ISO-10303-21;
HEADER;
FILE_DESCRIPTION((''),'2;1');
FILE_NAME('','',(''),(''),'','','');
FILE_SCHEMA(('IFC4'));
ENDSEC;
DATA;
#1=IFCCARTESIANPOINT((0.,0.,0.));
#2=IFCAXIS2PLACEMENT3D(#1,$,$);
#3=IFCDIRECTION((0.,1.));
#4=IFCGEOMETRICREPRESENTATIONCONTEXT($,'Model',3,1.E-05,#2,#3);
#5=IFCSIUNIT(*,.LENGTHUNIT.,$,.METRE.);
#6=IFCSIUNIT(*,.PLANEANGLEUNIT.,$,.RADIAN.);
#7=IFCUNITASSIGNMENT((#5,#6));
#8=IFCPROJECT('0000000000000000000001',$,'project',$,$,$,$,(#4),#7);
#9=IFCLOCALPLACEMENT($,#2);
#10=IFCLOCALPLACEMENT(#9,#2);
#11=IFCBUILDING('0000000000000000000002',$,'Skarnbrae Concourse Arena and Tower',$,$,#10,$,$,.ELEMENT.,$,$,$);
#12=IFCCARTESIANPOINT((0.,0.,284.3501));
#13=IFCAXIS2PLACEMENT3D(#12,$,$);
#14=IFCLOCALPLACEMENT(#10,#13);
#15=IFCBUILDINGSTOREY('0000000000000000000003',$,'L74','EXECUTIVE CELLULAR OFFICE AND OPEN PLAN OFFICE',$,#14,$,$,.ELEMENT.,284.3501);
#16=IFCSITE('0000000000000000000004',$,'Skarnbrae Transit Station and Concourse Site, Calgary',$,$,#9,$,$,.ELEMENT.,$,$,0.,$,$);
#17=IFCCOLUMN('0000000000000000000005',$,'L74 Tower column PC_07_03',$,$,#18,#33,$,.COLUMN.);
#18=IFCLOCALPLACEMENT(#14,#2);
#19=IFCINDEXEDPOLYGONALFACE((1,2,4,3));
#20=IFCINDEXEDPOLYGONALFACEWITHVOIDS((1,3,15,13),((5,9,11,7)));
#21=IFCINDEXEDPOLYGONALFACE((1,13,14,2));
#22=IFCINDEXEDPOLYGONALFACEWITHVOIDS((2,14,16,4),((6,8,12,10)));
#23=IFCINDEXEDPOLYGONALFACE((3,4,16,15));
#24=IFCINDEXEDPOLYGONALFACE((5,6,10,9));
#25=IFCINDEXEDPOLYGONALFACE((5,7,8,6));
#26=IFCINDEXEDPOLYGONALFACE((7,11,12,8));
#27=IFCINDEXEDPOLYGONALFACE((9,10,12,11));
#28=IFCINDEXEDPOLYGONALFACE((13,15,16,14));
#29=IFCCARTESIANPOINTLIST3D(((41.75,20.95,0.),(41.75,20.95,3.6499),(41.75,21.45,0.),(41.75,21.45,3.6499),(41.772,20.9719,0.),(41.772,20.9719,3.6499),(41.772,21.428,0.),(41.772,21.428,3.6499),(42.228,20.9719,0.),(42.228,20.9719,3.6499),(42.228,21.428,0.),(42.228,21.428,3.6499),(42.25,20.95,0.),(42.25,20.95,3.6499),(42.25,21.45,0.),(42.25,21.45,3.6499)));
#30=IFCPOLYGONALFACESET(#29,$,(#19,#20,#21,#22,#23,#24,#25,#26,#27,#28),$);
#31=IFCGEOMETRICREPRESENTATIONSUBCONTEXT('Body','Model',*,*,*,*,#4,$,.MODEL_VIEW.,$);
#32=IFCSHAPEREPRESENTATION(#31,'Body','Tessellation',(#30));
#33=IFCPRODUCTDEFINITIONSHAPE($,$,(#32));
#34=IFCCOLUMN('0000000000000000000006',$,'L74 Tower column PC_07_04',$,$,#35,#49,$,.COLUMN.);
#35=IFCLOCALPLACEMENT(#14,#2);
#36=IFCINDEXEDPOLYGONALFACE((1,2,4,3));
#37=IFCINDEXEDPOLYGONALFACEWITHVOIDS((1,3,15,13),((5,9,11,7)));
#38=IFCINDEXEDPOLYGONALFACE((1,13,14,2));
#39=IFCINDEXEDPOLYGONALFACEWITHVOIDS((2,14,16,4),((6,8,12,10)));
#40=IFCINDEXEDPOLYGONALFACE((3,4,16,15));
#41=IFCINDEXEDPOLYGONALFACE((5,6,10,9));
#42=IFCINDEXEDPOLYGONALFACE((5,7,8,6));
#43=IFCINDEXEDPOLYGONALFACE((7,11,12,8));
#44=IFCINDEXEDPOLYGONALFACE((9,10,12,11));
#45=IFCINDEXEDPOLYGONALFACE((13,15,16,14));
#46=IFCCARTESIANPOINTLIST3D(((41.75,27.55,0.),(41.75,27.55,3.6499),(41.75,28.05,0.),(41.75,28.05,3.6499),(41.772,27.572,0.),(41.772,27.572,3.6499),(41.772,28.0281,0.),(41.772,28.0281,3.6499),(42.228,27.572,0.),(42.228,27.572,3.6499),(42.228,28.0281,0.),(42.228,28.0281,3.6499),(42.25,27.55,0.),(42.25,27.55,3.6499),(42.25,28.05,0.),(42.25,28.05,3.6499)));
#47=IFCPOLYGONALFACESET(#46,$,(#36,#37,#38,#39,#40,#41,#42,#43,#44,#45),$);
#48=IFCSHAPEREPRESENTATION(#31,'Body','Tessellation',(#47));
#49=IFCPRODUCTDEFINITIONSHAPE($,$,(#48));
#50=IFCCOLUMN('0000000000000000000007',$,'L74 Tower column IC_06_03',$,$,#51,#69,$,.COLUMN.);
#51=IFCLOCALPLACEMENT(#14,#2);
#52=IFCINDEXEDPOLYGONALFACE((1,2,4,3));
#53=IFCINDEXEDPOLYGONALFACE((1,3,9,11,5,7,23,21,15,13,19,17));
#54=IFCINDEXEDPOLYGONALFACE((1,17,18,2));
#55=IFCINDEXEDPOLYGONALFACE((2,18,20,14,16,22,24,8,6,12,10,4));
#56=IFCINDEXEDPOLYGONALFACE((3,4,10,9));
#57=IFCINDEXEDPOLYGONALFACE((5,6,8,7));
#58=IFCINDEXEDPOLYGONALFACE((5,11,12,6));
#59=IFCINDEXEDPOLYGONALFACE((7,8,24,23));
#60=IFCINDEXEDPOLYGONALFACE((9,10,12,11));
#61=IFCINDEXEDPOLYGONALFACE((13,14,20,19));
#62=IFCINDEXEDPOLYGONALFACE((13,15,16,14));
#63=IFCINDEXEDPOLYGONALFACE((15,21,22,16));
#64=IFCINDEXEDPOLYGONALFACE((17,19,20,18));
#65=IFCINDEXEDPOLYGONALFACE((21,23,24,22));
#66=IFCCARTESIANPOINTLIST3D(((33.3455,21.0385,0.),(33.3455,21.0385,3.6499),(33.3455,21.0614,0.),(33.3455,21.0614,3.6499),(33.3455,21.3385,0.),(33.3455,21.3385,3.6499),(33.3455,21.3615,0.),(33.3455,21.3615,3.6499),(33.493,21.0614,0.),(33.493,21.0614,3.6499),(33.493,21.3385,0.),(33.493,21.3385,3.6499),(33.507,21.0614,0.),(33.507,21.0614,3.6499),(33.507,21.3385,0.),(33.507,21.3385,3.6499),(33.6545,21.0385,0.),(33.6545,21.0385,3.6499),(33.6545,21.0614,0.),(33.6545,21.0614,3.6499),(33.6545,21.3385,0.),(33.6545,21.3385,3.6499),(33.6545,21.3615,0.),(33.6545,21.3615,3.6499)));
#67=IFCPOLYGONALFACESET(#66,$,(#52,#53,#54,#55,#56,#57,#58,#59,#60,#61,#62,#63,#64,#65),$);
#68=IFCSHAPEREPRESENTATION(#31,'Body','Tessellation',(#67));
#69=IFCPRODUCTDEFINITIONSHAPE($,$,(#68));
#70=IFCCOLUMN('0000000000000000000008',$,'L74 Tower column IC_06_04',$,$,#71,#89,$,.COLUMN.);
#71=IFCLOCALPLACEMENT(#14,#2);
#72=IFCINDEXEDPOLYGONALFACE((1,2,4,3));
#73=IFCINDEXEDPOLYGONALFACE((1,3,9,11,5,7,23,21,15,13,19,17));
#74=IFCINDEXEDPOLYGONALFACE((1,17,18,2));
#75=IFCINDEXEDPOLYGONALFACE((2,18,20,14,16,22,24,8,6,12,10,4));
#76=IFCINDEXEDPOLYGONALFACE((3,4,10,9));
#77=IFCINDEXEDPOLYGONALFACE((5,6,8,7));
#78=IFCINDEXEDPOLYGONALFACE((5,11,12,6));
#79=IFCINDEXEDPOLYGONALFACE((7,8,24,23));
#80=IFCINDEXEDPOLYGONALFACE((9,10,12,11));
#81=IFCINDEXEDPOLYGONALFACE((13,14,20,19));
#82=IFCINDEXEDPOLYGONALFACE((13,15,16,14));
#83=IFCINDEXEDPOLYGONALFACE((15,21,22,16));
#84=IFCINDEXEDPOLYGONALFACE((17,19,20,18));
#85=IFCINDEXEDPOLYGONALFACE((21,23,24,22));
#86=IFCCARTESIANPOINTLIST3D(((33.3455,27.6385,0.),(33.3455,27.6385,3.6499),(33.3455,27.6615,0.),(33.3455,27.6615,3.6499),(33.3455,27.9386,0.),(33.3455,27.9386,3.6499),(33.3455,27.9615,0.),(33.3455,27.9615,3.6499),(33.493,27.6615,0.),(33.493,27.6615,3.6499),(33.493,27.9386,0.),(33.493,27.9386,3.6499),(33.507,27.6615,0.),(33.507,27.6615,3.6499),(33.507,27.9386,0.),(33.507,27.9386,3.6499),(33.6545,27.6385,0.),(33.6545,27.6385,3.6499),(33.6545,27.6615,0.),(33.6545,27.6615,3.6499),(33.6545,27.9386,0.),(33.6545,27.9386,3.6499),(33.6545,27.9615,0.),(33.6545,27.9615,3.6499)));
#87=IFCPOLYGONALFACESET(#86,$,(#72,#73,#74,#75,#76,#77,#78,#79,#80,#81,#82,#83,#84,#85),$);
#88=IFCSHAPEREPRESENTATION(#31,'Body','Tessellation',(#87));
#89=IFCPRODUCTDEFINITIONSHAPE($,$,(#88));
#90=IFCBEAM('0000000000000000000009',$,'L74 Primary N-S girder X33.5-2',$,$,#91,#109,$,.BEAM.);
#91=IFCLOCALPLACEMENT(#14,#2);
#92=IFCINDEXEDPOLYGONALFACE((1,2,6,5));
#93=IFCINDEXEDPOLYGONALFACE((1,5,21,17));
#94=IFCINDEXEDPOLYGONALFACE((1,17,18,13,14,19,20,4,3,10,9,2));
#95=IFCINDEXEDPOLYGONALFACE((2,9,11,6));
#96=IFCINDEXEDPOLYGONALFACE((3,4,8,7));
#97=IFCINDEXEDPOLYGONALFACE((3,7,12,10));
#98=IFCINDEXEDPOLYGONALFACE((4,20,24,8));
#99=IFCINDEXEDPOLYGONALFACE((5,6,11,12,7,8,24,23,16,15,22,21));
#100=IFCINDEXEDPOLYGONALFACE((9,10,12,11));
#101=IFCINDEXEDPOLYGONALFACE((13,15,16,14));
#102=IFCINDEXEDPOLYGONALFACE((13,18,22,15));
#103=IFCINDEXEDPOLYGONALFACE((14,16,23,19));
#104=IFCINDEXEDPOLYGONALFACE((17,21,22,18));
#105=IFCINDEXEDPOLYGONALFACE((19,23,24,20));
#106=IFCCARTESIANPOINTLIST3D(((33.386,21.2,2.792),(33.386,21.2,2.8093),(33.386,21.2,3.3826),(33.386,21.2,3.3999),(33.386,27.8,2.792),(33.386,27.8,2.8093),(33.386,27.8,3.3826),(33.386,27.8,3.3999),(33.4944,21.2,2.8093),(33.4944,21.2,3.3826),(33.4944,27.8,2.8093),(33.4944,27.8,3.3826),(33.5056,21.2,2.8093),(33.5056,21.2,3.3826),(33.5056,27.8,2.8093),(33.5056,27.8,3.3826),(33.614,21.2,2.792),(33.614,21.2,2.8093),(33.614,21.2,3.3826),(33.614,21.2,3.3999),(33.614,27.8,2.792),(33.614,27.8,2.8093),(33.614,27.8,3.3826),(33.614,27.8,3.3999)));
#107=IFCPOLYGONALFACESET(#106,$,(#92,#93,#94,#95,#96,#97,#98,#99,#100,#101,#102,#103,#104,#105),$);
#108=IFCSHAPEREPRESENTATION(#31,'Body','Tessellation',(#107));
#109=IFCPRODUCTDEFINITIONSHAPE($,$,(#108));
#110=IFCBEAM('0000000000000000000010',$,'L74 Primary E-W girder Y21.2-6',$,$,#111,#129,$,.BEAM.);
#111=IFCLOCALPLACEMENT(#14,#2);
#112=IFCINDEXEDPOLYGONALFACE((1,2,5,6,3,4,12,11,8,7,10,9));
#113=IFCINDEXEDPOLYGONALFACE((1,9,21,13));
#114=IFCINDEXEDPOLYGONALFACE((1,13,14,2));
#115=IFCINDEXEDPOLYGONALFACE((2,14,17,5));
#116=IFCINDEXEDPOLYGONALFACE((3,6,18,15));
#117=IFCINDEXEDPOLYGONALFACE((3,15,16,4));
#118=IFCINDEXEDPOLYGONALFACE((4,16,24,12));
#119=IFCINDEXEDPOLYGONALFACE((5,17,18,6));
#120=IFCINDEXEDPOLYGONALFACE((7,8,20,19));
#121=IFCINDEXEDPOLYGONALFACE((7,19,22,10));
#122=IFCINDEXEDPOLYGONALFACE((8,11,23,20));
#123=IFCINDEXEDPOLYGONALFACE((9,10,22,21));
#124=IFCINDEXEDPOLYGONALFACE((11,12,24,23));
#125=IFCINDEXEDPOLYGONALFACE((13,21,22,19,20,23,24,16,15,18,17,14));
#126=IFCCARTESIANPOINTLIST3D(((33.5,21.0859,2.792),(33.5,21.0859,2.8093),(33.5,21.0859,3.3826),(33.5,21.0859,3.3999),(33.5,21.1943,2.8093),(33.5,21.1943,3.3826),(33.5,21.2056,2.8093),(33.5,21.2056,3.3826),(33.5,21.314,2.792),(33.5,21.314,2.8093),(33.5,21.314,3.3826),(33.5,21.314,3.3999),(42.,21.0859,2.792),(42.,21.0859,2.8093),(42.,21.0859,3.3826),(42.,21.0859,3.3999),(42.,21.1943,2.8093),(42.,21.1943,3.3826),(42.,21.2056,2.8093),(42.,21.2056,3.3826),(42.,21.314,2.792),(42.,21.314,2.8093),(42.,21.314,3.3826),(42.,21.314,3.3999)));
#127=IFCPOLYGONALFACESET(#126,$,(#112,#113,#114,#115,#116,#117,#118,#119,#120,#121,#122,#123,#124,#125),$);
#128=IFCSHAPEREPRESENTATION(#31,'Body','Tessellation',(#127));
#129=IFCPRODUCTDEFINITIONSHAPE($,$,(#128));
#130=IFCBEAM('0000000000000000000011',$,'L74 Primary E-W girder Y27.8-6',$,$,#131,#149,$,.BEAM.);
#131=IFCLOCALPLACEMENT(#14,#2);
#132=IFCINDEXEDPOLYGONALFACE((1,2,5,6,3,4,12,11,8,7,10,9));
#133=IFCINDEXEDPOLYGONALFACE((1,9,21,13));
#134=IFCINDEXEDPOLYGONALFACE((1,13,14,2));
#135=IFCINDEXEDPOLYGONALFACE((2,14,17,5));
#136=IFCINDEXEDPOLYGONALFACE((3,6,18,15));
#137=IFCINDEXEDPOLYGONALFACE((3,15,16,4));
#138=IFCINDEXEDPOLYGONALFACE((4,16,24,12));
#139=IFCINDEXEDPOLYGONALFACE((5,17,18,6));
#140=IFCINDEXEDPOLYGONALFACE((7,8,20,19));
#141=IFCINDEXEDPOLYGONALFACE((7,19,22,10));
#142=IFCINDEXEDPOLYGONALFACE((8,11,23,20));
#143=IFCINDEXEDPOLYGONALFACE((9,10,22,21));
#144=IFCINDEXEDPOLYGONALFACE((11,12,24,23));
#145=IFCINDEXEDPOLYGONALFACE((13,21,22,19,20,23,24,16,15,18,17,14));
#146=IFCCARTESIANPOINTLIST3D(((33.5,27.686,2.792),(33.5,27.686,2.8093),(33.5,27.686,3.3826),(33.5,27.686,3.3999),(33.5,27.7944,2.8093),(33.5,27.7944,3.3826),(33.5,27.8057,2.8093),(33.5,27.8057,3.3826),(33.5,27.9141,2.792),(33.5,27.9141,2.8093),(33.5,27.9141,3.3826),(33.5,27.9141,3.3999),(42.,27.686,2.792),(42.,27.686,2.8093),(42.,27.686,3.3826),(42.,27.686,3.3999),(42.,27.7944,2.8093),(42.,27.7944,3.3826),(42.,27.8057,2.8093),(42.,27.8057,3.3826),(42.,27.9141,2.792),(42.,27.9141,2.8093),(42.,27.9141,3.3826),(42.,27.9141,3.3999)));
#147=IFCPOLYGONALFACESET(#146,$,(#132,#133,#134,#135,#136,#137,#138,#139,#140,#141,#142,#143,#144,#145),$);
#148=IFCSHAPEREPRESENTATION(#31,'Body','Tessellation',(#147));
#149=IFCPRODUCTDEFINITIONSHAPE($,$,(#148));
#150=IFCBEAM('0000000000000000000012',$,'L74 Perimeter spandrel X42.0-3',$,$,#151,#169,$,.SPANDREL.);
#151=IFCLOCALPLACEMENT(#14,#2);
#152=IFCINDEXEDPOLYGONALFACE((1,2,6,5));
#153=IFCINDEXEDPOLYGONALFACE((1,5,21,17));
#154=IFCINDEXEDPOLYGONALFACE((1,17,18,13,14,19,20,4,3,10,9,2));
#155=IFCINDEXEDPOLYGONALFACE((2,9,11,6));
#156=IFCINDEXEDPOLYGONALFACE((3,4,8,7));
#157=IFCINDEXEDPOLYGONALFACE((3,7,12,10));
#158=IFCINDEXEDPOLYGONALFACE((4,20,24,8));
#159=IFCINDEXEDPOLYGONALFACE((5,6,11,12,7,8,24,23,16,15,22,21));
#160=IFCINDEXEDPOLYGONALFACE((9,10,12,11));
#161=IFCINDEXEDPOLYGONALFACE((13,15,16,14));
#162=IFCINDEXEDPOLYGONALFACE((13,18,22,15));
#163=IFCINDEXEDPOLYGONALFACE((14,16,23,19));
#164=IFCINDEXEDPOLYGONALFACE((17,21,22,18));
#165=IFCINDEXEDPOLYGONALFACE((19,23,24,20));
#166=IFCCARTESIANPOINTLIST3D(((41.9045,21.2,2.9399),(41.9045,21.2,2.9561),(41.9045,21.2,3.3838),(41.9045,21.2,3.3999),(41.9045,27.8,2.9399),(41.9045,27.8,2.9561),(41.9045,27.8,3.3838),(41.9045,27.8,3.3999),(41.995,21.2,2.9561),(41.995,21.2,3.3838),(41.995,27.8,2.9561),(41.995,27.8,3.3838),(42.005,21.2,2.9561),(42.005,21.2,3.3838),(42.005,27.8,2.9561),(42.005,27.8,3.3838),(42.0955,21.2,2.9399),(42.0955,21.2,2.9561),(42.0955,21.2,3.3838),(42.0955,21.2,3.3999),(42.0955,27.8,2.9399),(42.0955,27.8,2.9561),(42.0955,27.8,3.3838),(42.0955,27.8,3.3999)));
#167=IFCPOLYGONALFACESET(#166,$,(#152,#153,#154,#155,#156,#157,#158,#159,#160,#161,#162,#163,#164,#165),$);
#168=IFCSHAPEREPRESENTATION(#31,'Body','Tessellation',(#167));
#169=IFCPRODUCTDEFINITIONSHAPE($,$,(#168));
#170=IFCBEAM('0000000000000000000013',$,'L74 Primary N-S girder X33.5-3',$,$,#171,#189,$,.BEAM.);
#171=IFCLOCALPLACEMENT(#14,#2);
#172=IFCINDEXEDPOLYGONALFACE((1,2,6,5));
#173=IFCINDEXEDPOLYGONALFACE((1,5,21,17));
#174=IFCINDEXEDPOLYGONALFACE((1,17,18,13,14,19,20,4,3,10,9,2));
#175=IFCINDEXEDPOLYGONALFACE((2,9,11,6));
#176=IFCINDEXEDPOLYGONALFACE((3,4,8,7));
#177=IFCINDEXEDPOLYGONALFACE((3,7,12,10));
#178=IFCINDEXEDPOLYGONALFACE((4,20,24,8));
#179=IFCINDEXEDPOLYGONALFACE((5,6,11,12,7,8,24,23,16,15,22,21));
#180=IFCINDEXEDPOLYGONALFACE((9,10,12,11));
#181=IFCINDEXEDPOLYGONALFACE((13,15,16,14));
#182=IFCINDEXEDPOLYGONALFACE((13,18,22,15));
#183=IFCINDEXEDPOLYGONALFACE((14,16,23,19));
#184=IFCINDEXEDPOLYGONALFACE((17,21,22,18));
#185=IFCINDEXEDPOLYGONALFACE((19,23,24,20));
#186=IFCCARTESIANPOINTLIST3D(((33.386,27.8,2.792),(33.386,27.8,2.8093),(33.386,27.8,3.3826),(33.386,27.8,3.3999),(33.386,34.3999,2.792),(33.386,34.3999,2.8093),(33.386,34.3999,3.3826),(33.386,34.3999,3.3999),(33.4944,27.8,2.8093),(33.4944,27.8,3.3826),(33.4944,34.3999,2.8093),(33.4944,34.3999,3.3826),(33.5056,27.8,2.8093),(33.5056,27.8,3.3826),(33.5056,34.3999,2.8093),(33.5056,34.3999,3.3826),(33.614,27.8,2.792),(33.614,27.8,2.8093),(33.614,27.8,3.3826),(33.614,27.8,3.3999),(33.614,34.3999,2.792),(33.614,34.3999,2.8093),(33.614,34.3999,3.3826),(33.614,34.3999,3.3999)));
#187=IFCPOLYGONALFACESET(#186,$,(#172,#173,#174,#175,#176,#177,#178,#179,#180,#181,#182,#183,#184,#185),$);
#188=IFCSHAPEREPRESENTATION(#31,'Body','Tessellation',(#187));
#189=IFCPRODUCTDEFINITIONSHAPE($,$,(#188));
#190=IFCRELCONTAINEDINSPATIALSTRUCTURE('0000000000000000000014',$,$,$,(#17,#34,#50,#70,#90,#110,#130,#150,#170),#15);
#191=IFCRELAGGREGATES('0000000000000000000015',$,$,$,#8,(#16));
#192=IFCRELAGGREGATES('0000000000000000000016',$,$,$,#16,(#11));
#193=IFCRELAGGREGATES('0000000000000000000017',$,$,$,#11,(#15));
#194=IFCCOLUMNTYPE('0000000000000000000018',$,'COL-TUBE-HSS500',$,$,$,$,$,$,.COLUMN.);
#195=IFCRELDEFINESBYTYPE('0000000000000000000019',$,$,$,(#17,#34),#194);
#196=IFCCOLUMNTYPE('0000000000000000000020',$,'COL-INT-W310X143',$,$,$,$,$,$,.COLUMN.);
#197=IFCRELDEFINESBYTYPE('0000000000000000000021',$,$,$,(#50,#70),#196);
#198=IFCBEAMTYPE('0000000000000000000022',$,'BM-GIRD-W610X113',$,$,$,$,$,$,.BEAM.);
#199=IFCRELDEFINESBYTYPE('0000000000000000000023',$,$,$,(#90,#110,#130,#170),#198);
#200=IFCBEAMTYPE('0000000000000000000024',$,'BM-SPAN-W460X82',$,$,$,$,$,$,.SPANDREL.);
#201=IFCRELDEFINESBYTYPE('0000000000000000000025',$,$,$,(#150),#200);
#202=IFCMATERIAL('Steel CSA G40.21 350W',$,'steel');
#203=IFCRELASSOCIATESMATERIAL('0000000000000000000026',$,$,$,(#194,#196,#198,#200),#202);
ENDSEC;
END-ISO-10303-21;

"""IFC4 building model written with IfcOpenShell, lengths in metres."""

from ifc_helpers import new_model, si_unit, direction, frame, origin, origin_2d, place, context, subcontext, project, spatial, hollow_rectangle, i_section, extrude, source, transform, mapped, material, material_profile, profile_set, type_object, element, save


model = new_model("IFC4")

# Units and contexts
model_context = context("Model", 3, precision=1e-05, world=origin(), true_north=direction((0.0, 1.0)))
body_context = subcontext(model_context, "Body", "Model", "MODEL_VIEW")
ifc_project = project(units=[si_unit("LENGTHUNIT", "METRE"), si_unit("PLANEANGLEUNIT", "RADIAN")], contexts=[model_context])

# Site, building, storey
site_placement = place(None, origin())
site = spatial("IfcSite", under=ifc_project, at=site_placement, Name="Skarnbrae Transit Station and Concourse Site, Calgary", CompositionType="ELEMENT", RefElevation=0.0)
building_placement = place(site_placement, origin())
building = spatial("IfcBuilding", under=site, at=building_placement, Name="Skarnbrae Concourse Arena and Tower", CompositionType="ELEMENT")
storey_placement = place(building_placement, frame((0.0, 0.0, 284.3501)))
storey = spatial("IfcBuildingStorey", under=building, at=storey_placement, Name="L74", Description="EXECUTIVE CELLULAR OFFICE AND OPEN PLAN OFFICE", CompositionType="ELEMENT", Elevation=284.3501)

# Columns
ifc_material_1 = material(Name="Steel CSA G40.21 350W", Category="steel")
ifc_material_profile_1 = material_profile(ifc_material_1, hollow_rectangle(XDim=0.5, YDim=0.5, WallThickness=0.022, at=origin_2d()), Name="HSS500X500X22.0")
ifc_profile_set_1 = profile_set([ifc_material_profile_1], Name="Steel CSA G40.21 350W")
column_type_1 = type_object("IfcColumnType", Name="COL-TUBE-HSS500", PredefinedType="COLUMN", material=ifc_profile_set_1)
shared_shape_1 = source(origin(), body_context, "Body", "SweptSolid", [
    extrude(hollow_rectangle(XDim=0.5, YDim=0.5, WallThickness=0.022, at=origin_2d()), origin(), (0.0, 0.0, 1.0), 3.6499),
])
for number, where, z_axis, x_axis, name in (
    (1, (42.0, 21.2, 0.0), (0.0, 0.0, 1.0), (1.0, 0.0, 0.0), "L74 Tower column PC_07_03"),
    (2, (42.0, 27.8, 0.0), (0.0, 0.0, 1.0), (1.0, 0.0, 0.0), "L74 Tower column PC_07_04"),
):
    element("IfcColumn", number, at=place(storey_placement, frame(where, z_axis=z_axis, x_axis=x_axis)), inside=storey, type_object=column_type_1, Name=name, PredefinedType="COLUMN", context=body_context, shape_type="MappedRepresentation", body=[
        mapped(shared_shape_1, transform((0.0, 0.0, 0.0))),
    ])
ifc_material_profile_2 = material_profile(ifc_material_1, i_section(OverallWidth=0.3091, OverallDepth=0.323, WebThickness=0.0139, FlangeThickness=0.0229, at=origin_2d()), Name="W310X143")
ifc_profile_set_2 = profile_set([ifc_material_profile_2], Name="Steel CSA G40.21 350W")
column_type_2 = type_object("IfcColumnType", Name="COL-INT-W310X143", PredefinedType="COLUMN", material=ifc_profile_set_2)
shared_shape_2 = source(origin(), body_context, "Body", "SweptSolid", [
    extrude(i_section(OverallWidth=0.3091, OverallDepth=0.323, WebThickness=0.0139, FlangeThickness=0.0229, at=origin_2d()), origin(), (0.0, 0.0, 1.0), 3.6499),
])
for number, where, z_axis, x_axis, name in (
    (3, (33.5, 21.2, 0.0), (0.0, 0.0, 1.0), (1.0, 0.0, 0.0), "L74 Tower column IC_06_03"),
    (4, (33.5, 27.8, 0.0), (0.0, 0.0, 1.0), (1.0, 0.0, 0.0), "L74 Tower column IC_06_04"),
):
    element("IfcColumn", number, at=place(storey_placement, frame(where, z_axis=z_axis, x_axis=x_axis)), inside=storey, type_object=column_type_2, Name=name, PredefinedType="COLUMN", context=body_context, shape_type="MappedRepresentation", body=[
        mapped(shared_shape_2, transform((0.0, 0.0, 0.0))),
    ])

# Beams
ifc_material_profile_3 = material_profile(ifc_material_1, i_section(OverallWidth=0.228, OverallDepth=0.6079, WebThickness=0.0112, FlangeThickness=0.0173, at=origin_2d()), Name="W610X113")
ifc_profile_set_3 = profile_set([ifc_material_profile_3], Name="Steel CSA G40.21 350W")
beam_type_1 = type_object("IfcBeamType", Name="BM-GIRD-W610X113", PredefinedType="BEAM", material=ifc_profile_set_3)
shared_shape_3 = source(origin(), body_context, "Body", "SweptSolid", [
    extrude(i_section(OverallWidth=0.228, OverallDepth=0.6079, WebThickness=0.0112, FlangeThickness=0.0173, at=origin_2d()), origin(), (0.0, 0.0, 1.0), 6.6001),
])
beam_1_placement = place(storey_placement, frame((33.5, 21.2, 3.0959), z_axis=(0.0, 1.0, 0.0), x_axis=(-1.0, 0.0, 0.0)))
element("IfcBeam", 5, at=beam_1_placement, inside=storey, type_object=beam_type_1, Name="L74 Primary N-S girder X33.5-2", PredefinedType="BEAM", context=body_context, shape_type="MappedRepresentation", body=[
    mapped(shared_shape_3, transform((0.0, 0.0, 0.0))),
])
shared_shape_4 = source(origin(), body_context, "Body", "SweptSolid", [
    extrude(i_section(OverallWidth=0.228, OverallDepth=0.6079, WebThickness=0.0112, FlangeThickness=0.0173, at=origin_2d()), origin(), (0.0, 0.0, 1.0), 8.5),
])
for number, where, z_axis, x_axis, name in (
    (6, (33.5, 21.2, 3.0959), (1.0, 0.0, 0.0), (0.0, 1.0, 0.0), "L74 Primary E-W girder Y21.2-6"),
    (7, (33.5, 27.8, 3.0959), (1.0, 0.0, 0.0), (0.0, 1.0, 0.0), "L74 Primary E-W girder Y27.8-6"),
):
    element("IfcBeam", number, at=place(storey_placement, frame(where, z_axis=z_axis, x_axis=x_axis)), inside=storey, type_object=beam_type_1, Name=name, PredefinedType="BEAM", context=body_context, shape_type="MappedRepresentation", body=[
        mapped(shared_shape_4, transform((0.0, 0.0, 0.0))),
    ])
ifc_material_profile_4 = material_profile(ifc_material_1, i_section(OverallWidth=0.1909, OverallDepth=0.46, WebThickness=0.01, FlangeThickness=0.0161, at=origin_2d()), Name="W460X82")
ifc_profile_set_4 = profile_set([ifc_material_profile_4], Name="Steel CSA G40.21 350W")
beam_type_2 = type_object("IfcBeamType", Name="BM-SPAN-W460X82", PredefinedType="SPANDREL", material=ifc_profile_set_4)
shared_shape_5 = source(origin(), body_context, "Body", "SweptSolid", [
    extrude(i_section(OverallWidth=0.1909, OverallDepth=0.46, WebThickness=0.01, FlangeThickness=0.0161, at=origin_2d()), origin(), (0.0, 0.0, 1.0), 6.6001),
])
beam_2_placement = place(storey_placement, frame((42.0, 21.2, 3.1699), z_axis=(0.0, 1.0, 0.0), x_axis=(-1.0, 0.0, 0.0)))
element("IfcBeam", 8, at=beam_2_placement, inside=storey, type_object=beam_type_2, Name="L74 Perimeter spandrel X42.0-3", PredefinedType="SPANDREL", context=body_context, shape_type="MappedRepresentation", body=[
    mapped(shared_shape_5, transform((0.0, 0.0, 0.0))),
])
shared_shape_6 = source(origin(), body_context, "Body", "SweptSolid", [
    extrude(i_section(OverallWidth=0.228, OverallDepth=0.6079, WebThickness=0.0112, FlangeThickness=0.0173, at=origin_2d()), origin(), (0.0, 0.0, 1.0), 6.5999),
])
beam_3_placement = place(storey_placement, frame((33.5, 27.8, 3.0959), z_axis=(0.0, 1.0, 0.0), x_axis=(-1.0, 0.0, 0.0)))
element("IfcBeam", 9, at=beam_3_placement, inside=storey, type_object=beam_type_1, Name="L74 Primary N-S girder X33.5-3", PredefinedType="BEAM", context=body_context, shape_type="MappedRepresentation", body=[
    mapped(shared_shape_6, transform((0.0, 0.0, 0.0))),
])

save(model, "model.ifc")
